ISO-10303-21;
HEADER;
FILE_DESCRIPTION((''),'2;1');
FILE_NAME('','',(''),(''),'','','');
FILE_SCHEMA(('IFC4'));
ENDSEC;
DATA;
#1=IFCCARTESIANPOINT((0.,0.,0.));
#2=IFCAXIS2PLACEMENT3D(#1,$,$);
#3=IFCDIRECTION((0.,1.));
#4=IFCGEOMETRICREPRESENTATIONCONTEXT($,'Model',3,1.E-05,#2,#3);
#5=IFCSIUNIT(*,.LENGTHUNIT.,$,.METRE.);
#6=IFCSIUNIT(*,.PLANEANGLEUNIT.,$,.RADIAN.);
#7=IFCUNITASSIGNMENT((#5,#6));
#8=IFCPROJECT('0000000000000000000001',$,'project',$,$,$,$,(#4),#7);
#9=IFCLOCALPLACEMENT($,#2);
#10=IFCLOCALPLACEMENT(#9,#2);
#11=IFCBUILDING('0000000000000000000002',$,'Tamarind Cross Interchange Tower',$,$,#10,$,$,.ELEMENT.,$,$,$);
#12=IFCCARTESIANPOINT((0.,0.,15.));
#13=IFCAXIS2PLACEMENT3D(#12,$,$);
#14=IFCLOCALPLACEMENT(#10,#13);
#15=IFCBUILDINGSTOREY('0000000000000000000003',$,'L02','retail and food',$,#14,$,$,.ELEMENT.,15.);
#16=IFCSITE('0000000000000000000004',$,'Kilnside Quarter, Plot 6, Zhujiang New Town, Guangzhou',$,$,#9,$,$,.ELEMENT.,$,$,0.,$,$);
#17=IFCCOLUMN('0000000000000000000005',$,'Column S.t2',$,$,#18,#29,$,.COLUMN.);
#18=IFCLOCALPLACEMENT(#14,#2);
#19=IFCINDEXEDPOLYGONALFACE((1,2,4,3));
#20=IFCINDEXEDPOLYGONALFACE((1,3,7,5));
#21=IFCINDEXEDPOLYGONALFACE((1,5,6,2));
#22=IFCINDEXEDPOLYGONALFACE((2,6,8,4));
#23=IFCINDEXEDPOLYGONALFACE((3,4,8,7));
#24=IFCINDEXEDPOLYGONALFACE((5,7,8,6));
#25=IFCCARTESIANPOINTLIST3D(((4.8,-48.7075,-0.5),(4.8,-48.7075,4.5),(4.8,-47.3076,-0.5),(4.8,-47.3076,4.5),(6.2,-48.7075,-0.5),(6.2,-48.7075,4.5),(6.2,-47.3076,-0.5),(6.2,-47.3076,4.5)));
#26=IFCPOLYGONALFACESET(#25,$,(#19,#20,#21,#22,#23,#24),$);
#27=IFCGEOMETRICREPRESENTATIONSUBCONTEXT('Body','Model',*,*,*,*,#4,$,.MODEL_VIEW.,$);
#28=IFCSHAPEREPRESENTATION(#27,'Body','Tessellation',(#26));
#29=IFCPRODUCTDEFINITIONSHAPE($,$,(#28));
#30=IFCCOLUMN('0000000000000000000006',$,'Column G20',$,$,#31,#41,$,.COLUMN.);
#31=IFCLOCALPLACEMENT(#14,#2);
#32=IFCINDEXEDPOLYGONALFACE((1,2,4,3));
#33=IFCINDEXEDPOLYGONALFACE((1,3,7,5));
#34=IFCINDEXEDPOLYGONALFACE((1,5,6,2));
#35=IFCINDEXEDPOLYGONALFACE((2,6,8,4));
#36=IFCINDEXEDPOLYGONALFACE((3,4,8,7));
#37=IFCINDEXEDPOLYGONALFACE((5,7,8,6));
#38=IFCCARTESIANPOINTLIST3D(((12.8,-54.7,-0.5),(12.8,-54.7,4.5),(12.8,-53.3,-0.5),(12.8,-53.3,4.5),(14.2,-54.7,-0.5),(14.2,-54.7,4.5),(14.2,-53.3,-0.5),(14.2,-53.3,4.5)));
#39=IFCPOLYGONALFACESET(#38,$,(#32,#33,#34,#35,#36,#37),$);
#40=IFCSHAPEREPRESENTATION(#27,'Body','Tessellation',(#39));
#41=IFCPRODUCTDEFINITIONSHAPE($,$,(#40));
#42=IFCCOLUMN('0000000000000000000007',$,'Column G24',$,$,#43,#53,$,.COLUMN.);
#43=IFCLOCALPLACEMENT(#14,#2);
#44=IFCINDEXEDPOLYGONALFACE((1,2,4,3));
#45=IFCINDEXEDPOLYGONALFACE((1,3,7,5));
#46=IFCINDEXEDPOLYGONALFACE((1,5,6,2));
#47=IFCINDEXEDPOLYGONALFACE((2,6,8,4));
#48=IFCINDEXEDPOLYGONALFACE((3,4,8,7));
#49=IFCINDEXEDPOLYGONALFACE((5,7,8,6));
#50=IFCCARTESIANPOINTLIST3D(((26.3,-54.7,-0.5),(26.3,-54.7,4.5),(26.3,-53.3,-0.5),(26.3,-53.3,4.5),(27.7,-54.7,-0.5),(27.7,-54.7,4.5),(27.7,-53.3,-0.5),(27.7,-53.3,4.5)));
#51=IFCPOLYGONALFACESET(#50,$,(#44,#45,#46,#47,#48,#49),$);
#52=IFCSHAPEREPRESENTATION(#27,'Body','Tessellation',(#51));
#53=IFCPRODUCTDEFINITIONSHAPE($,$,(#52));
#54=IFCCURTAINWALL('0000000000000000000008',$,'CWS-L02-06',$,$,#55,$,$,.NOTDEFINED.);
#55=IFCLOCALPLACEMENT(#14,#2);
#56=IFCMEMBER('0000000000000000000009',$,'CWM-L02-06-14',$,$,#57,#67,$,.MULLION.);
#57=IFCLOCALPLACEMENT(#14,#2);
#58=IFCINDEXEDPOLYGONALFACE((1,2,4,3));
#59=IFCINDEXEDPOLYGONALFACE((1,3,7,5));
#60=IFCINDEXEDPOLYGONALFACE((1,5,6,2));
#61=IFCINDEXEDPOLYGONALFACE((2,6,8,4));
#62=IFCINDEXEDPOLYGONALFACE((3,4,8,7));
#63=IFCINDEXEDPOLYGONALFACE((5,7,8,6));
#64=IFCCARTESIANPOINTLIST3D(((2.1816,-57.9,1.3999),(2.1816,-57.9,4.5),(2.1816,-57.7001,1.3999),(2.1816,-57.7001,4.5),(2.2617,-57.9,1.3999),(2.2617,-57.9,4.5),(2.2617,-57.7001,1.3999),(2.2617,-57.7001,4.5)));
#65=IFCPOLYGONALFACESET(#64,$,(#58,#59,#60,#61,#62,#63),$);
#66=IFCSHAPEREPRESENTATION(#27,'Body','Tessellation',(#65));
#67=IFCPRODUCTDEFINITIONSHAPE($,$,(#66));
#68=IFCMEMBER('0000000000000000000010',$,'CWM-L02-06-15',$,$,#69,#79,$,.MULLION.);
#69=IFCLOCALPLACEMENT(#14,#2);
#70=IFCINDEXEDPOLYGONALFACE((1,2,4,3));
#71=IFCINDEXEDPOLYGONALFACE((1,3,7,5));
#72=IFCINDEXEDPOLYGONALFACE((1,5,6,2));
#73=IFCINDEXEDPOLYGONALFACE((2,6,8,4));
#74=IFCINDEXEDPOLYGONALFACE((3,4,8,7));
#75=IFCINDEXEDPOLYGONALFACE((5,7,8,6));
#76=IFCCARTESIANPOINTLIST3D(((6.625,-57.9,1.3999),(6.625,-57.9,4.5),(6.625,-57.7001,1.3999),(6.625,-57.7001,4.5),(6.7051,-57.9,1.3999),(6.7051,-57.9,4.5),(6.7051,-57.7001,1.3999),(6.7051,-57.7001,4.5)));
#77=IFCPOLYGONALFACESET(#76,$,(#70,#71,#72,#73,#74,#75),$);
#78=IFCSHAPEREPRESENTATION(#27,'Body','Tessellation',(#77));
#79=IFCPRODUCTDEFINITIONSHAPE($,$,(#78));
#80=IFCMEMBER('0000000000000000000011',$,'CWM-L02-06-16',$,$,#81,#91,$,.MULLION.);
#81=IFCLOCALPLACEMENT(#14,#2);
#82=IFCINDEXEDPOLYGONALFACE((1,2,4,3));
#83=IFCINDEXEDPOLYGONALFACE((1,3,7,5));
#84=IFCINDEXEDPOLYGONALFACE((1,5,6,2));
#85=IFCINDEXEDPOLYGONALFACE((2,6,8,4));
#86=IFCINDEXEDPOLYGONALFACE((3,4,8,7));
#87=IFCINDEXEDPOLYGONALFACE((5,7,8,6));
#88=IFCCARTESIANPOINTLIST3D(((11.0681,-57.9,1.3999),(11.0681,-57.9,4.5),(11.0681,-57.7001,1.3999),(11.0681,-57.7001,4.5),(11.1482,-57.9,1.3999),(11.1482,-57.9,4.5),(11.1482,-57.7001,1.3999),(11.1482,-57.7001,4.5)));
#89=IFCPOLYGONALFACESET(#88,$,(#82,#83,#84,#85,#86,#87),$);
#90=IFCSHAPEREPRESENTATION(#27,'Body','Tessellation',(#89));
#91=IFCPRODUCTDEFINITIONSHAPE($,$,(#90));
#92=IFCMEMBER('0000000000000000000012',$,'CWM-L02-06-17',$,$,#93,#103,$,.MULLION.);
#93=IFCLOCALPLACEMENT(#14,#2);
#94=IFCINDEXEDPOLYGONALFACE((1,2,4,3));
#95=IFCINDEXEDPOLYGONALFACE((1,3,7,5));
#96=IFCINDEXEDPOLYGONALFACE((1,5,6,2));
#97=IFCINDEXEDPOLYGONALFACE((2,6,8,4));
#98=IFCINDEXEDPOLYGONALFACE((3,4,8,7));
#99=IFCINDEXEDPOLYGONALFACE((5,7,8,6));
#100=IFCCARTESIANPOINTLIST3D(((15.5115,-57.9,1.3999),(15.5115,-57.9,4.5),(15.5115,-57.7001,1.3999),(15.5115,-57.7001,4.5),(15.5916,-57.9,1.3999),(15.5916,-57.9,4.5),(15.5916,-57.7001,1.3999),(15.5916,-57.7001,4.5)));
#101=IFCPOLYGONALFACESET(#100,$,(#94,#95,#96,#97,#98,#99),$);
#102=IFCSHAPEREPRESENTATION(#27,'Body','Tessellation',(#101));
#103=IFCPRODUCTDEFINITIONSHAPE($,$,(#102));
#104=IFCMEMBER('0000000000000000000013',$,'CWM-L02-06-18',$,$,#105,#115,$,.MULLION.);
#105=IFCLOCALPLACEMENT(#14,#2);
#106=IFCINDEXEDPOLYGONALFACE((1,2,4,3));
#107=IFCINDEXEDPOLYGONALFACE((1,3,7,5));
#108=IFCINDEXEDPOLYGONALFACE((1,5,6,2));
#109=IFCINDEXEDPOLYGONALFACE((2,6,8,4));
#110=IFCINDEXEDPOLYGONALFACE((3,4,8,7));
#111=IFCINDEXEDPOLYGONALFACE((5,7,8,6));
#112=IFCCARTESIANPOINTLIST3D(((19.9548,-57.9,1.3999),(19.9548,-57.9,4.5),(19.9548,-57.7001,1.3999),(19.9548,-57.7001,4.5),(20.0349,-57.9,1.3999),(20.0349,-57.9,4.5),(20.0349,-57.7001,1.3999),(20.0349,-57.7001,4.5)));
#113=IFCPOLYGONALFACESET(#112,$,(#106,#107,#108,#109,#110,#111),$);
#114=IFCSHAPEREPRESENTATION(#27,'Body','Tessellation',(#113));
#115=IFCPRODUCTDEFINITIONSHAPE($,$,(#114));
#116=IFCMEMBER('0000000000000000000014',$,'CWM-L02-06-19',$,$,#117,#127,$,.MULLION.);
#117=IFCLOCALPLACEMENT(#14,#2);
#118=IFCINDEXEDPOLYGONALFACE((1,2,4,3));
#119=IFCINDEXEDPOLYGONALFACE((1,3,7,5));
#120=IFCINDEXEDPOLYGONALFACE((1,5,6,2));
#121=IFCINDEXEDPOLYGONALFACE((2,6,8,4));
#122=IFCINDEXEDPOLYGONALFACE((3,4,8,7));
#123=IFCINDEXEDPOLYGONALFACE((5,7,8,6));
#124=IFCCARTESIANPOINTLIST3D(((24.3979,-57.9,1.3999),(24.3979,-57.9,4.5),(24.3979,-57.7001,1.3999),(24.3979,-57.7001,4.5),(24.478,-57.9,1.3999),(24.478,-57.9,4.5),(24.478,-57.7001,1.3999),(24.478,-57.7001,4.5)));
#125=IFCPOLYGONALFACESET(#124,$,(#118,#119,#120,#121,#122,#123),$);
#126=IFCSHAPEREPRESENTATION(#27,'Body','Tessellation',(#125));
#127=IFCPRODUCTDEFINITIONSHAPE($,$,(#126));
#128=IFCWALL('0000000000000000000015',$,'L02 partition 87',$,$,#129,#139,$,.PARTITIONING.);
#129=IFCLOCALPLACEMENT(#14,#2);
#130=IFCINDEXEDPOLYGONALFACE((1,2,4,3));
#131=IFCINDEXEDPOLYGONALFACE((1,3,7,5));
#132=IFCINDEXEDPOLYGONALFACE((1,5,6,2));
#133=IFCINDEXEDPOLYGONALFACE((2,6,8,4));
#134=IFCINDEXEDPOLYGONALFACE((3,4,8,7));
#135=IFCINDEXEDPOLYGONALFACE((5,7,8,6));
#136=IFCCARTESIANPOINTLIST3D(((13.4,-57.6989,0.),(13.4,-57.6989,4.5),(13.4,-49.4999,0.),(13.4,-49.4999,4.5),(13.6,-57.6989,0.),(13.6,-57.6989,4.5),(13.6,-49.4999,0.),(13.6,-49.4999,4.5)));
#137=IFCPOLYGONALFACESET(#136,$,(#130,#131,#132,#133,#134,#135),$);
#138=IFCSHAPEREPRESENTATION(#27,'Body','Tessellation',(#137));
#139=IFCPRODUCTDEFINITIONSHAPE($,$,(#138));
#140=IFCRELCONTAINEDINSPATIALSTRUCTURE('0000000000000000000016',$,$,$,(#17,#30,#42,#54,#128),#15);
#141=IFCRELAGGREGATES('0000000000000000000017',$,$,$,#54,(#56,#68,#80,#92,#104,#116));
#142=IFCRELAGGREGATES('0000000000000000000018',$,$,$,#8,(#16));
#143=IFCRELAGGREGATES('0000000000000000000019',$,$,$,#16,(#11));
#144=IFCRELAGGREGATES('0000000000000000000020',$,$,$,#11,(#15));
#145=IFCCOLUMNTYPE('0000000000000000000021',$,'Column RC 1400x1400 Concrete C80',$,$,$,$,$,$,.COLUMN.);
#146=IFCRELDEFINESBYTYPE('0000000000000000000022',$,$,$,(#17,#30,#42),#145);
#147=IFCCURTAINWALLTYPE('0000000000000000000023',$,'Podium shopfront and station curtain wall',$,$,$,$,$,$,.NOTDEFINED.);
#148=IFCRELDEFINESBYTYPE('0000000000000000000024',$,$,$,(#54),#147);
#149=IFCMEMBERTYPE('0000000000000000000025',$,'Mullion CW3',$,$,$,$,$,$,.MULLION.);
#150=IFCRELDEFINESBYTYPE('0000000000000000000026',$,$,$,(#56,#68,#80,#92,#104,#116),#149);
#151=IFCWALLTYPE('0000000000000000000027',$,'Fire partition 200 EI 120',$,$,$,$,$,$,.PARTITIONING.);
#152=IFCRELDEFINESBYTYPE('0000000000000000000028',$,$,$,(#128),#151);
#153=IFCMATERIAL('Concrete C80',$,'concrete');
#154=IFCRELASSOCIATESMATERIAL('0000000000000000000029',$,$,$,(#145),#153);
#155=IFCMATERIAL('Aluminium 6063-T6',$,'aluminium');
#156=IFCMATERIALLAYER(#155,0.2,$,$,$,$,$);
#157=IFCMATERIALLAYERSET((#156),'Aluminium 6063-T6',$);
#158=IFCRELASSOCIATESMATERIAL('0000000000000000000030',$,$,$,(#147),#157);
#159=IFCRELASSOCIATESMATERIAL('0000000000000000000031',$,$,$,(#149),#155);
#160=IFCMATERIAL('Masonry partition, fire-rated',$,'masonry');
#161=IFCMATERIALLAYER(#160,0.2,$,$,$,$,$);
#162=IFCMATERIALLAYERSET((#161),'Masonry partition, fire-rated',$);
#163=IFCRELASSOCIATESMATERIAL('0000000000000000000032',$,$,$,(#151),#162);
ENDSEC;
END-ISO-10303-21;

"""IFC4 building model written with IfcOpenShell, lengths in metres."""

from ifc_helpers import new_model, si_unit, direction, frame, frame_2d, origin, origin_2d, place, context, subcontext, project, spatial, rectangle, extrude, material, layer, layer_set, material_profile, profile_set, type_object, element, aggregate, save


model = new_model("IFC4")

# Units and contexts
model_context = context("Model", 3, precision=1e-05, world=origin(), true_north=direction((0.0, 1.0)))
body_context = subcontext(model_context, "Body", "Model", "MODEL_VIEW")
ifc_project = project(units=[si_unit("LENGTHUNIT", "METRE"), si_unit("PLANEANGLEUNIT", "RADIAN")], contexts=[model_context])

# Site, building, storey
site_placement = place(None, origin())
site = spatial("IfcSite", under=ifc_project, at=site_placement, Name="Kilnside Quarter, Plot 6, Zhujiang New Town, Guangzhou", CompositionType="ELEMENT", RefElevation=0.0)
building_placement = place(site_placement, origin())
building = spatial("IfcBuilding", under=site, at=building_placement, Name="Tamarind Cross Interchange Tower", CompositionType="ELEMENT")
storey_placement = place(building_placement, frame((0.0, 0.0, 15.0)))
storey = spatial("IfcBuildingStorey", under=building, at=storey_placement, Name="L02", Description="retail and food", CompositionType="ELEMENT", Elevation=15.0)

# Columns
ifc_material_1 = material(Name="Concrete C80", Category="concrete")
ifc_material_profile_1 = material_profile(ifc_material_1, rectangle(XDim=1.3999, YDim=1.3999, at=origin_2d()), Name="RC 1400x1400")
ifc_profile_set_1 = profile_set([ifc_material_profile_1], Name="Concrete C80")
column_type = type_object("IfcColumnType", Name="Column RC 1400x1400 Concrete C80", PredefinedType="COLUMN", material=ifc_profile_set_1)
for number, where, z_axis, x_axis, name in (
    (1, (5.5, -48.0076, -0.5), (0.0, 0.0, 1.0), (1.0, 0.0, 0.0), "Column S.t2"),
    (2, (13.5, -54.0, -0.5), (0.0, 0.0, 1.0), (1.0, 0.0, 0.0), "Column G20"),
    (3, (27.0, -54.0, -0.5), (0.0, 0.0, 1.0), (1.0, 0.0, 0.0), "Column G24"),
):
    element("IfcColumn", number, at=place(storey_placement, frame(where, z_axis=z_axis, x_axis=x_axis)), inside=storey, type_object=column_type, Name=name, PredefinedType="COLUMN", context=body_context, shape_type="SweptSolid", body=[
        extrude(rectangle(XDim=1.3999, YDim=1.3999, at=origin_2d()), origin(), (0.0, 0.0, 1.0), 5.0),
    ])

# Curtain wall, members
ifc_material_2 = material(Name="Aluminium 6063-T6", Category="aluminium")
ifc_layer_1 = layer(ifc_material_2, 0.2)
ifc_layer_set_1 = layer_set([ifc_layer_1], Name="Aluminium 6063-T6")
curtain_wall_type = type_object("IfcCurtainWallType", Name="Podium shopfront and station curtain wall", PredefinedType="NOTDEFINED", material=ifc_layer_set_1)
curtain_wall_placement = place(storey_placement, origin())
curtain_wall = element("IfcCurtainWall", 4, at=curtain_wall_placement, inside=storey, type_object=curtain_wall_type, Name="CWS-L02-06", PredefinedType="NOTDEFINED")
ifc_material_profile_2 = material_profile(ifc_material_2, rectangle(XDim=0.0801, YDim=0.2, at=origin_2d()), Name="Mullion CW3")
ifc_profile_set_2 = profile_set([ifc_material_profile_2], Name="Aluminium 6063-T6")
member_type = type_object("IfcMemberType", Name="Mullion CW3", PredefinedType="MULLION", material=ifc_profile_set_2)
member_1_placement = place(storey_placement, frame((2.2217, -57.8, 1.3999), z_axis=(0.0, 0.0, 1.0), x_axis=(1.0, 0.0, 0.0)))
member_1 = element("IfcMember", 5, at=member_1_placement, type_object=member_type, Name="CWM-L02-06-14", PredefinedType="MULLION", context=body_context, shape_type="SweptSolid", body=[
    extrude(rectangle(XDim=0.0801, YDim=0.2, at=origin_2d()), origin(), (0.0, 0.0, 1.0), 3.1001),
])
member_2_placement = place(storey_placement, frame((6.665, -57.8, 1.3999), z_axis=(0.0, 0.0, 1.0), x_axis=(1.0, 0.0, 0.0)))
member_2 = element("IfcMember", 6, at=member_2_placement, type_object=member_type, Name="CWM-L02-06-15", PredefinedType="MULLION", context=body_context, shape_type="SweptSolid", body=[
    extrude(rectangle(XDim=0.0801, YDim=0.2, at=origin_2d()), origin(), (0.0, 0.0, 1.0), 3.1001),
])
member_3_placement = place(storey_placement, frame((11.1082, -57.8, 1.3999), z_axis=(0.0, 0.0, 1.0), x_axis=(1.0, 0.0, 0.0)))
member_3 = element("IfcMember", 7, at=member_3_placement, type_object=member_type, Name="CWM-L02-06-16", PredefinedType="MULLION", context=body_context, shape_type="SweptSolid", body=[
    extrude(rectangle(XDim=0.0801, YDim=0.2, at=origin_2d()), origin(), (0.0, 0.0, 1.0), 3.1001),
])
member_4_placement = place(storey_placement, frame((15.5515, -57.8, 1.3999), z_axis=(0.0, 0.0, 1.0), x_axis=(1.0, 0.0, 0.0)))
member_4 = element("IfcMember", 8, at=member_4_placement, type_object=member_type, Name="CWM-L02-06-17", PredefinedType="MULLION", context=body_context, shape_type="SweptSolid", body=[
    extrude(rectangle(XDim=0.0801, YDim=0.2, at=origin_2d()), origin(), (0.0, 0.0, 1.0), 3.1001),
])
member_5_placement = place(storey_placement, frame((19.9949, -57.8, 1.3999), z_axis=(0.0, 0.0, 1.0), x_axis=(1.0, 0.0, 0.0)))
member_5 = element("IfcMember", 9, at=member_5_placement, type_object=member_type, Name="CWM-L02-06-18", PredefinedType="MULLION", context=body_context, shape_type="SweptSolid", body=[
    extrude(rectangle(XDim=0.0801, YDim=0.2, at=origin_2d()), origin(), (0.0, 0.0, 1.0), 3.1001),
])
member_6_placement = place(storey_placement, frame((24.438, -57.8, 1.3999), z_axis=(0.0, 0.0, 1.0), x_axis=(1.0, 0.0, 0.0)))
member_6 = element("IfcMember", 10, at=member_6_placement, type_object=member_type, Name="CWM-L02-06-19", PredefinedType="MULLION", context=body_context, shape_type="SweptSolid", body=[
    extrude(rectangle(XDim=0.0801, YDim=0.2, at=origin_2d()), origin(), (0.0, 0.0, 1.0), 3.1001),
])
aggregate(curtain_wall, [member_1, member_2, member_3, member_4, member_5, member_6])

# Wall
ifc_material_3 = material(Name="Masonry partition, fire-rated", Category="masonry")
ifc_layer_2 = layer(ifc_material_3, 0.2)
ifc_layer_set_2 = layer_set([ifc_layer_2], Name="Masonry partition, fire-rated")
wall_type_1 = type_object("IfcWallType", Name="Fire partition 200 EI 120", PredefinedType="PARTITIONING", material=ifc_layer_set_2)
wall_1_placement = place(storey_placement, frame((13.5, -57.699, 0.0), z_axis=(0.0, 0.0, 1.0), x_axis=(0.0, 1.0, 0.0)))
element("IfcWall", 11, at=wall_1_placement, inside=storey, type_object=wall_type_1, Name="L02 partition 87", PredefinedType="PARTITIONING", context=body_context, shape_type="SweptSolid", body=[
    extrude(rectangle(XDim=8.199, YDim=0.2, at=frame_2d((4.0996, 0.0))), origin(), (0.0, 0.0, 1.0), 4.5),
])

save(model, "model.ifc")
